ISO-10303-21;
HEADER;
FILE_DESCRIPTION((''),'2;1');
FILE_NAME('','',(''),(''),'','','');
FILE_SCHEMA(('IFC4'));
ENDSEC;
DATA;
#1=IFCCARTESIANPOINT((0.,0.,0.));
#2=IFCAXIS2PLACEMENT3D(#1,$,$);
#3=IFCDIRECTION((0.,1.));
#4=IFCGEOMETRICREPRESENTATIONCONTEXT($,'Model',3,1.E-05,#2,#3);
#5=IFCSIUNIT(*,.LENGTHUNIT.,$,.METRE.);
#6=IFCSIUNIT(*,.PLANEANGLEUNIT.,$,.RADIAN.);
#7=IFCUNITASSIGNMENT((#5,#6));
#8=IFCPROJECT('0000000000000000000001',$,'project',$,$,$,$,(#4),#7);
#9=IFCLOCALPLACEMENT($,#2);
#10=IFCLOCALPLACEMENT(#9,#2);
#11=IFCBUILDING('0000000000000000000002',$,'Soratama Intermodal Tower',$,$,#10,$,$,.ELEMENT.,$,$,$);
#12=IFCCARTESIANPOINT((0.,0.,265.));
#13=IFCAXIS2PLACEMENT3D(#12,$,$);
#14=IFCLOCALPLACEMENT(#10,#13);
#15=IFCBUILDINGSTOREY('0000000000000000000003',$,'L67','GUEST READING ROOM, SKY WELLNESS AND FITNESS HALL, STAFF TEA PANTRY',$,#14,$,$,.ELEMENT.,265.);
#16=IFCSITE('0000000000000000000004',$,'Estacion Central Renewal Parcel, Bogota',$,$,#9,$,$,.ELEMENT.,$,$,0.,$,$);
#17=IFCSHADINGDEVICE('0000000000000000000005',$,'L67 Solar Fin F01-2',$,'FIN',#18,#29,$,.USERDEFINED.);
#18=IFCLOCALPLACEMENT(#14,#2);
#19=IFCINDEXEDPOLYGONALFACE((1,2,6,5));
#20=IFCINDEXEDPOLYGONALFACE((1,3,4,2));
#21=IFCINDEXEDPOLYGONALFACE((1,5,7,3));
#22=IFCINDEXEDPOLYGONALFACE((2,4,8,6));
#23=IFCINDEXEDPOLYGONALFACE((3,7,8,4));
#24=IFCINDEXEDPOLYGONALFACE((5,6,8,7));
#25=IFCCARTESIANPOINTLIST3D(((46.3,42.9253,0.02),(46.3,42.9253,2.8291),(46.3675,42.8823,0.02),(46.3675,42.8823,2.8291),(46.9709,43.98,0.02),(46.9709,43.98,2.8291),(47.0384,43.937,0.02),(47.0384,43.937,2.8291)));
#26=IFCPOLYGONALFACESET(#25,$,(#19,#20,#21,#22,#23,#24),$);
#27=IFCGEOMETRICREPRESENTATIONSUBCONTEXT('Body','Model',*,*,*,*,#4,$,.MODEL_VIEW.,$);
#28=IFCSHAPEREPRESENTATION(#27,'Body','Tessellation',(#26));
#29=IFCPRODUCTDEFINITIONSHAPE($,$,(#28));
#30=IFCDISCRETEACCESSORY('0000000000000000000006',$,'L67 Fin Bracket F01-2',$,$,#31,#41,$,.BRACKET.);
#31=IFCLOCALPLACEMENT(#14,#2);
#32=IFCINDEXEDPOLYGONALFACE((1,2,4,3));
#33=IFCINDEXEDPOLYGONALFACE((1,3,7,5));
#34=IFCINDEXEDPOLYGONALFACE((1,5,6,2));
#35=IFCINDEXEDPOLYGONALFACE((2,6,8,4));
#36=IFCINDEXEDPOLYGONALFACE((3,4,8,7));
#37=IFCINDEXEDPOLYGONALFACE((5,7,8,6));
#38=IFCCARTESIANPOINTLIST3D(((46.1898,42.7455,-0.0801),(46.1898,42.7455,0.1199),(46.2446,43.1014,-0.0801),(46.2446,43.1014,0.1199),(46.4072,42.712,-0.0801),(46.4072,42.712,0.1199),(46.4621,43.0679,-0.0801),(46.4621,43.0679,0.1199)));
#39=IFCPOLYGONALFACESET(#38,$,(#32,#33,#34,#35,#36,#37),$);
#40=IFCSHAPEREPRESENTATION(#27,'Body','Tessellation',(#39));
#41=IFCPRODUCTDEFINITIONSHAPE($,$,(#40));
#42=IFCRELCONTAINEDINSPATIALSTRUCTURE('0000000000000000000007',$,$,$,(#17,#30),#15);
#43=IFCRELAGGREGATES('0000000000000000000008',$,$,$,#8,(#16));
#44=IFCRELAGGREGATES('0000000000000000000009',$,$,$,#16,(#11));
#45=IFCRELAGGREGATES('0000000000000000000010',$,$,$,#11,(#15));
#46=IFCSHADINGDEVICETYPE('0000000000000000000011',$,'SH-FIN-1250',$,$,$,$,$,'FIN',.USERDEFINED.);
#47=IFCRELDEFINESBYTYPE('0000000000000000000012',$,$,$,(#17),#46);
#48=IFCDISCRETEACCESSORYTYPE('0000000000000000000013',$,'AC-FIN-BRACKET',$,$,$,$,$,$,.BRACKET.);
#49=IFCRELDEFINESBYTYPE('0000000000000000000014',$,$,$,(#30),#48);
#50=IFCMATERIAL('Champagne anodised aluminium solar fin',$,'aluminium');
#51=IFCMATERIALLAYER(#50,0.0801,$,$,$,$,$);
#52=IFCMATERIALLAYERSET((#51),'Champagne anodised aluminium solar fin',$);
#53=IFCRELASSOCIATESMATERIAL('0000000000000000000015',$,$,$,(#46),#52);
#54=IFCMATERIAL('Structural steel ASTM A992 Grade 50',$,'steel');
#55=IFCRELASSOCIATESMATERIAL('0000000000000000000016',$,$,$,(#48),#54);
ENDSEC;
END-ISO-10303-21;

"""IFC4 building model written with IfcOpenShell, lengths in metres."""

from ifc_helpers import new_model, si_unit, direction, frame, origin, origin_2d, place, context, subcontext, project, spatial, rectangle, extrude, material, layer, layer_set, type_object, element, save


model = new_model("IFC4")

# Units and contexts
model_context = context("Model", 3, precision=1e-05, world=origin(), true_north=direction((0.0, 1.0)))
body_context = subcontext(model_context, "Body", "Model", "MODEL_VIEW")
ifc_project = project(units=[si_unit("LENGTHUNIT", "METRE"), si_unit("PLANEANGLEUNIT", "RADIAN")], contexts=[model_context])

# Site, building, storey
site_placement = place(None, origin())
site = spatial("IfcSite", under=ifc_project, at=site_placement, Name="Estacion Central Renewal Parcel, Bogota", CompositionType="ELEMENT", RefElevation=0.0)
building_placement = place(site_placement, origin())
building = spatial("IfcBuilding", under=site, at=building_placement, Name="Soratama Intermodal Tower", CompositionType="ELEMENT")
storey_placement = place(building_placement, frame((0.0, 0.0, 265.0)))
storey = spatial("IfcBuildingStorey", under=building, at=storey_placement, Name="L67", Description="GUEST READING ROOM, SKY WELLNESS AND FITNESS HALL, STAFF TEA PANTRY", CompositionType="ELEMENT", Elevation=265.0)

# Shading device
ifc_material_1 = material(Name="Champagne anodised aluminium solar fin", Category="aluminium")
ifc_layer_1 = layer(ifc_material_1, 0.0801)
ifc_layer_set_1 = layer_set([ifc_layer_1], Name="Champagne anodised aluminium solar fin")
shading_device_type = type_object("IfcShadingDeviceType", Name="SH-FIN-1250", ElementType="FIN", PredefinedType="USERDEFINED", material=ifc_layer_set_1)
shading_device_placement = place(storey_placement, frame((46.6692, 43.4312, 0.02), z_axis=(0.0, 0.0, 1.0), x_axis=(0.536711, 0.843766, 0.0)))
element("IfcShadingDevice", 1, at=shading_device_placement, inside=storey, type_object=shading_device_type, Name="L67 Solar Fin F01-2", ObjectType="FIN", PredefinedType="USERDEFINED", context=body_context, shape_type="SweptSolid", body=[
    extrude(rectangle(XDim=1.25, YDim=0.0801, at=origin_2d()), origin(), (0.0, 0.0, 1.0), 2.8091),
])

# Discrete accessory
ifc_material_2 = material(Name="Structural steel ASTM A992 Grade 50", Category="steel")
discrete_accessory_type = type_object("IfcDiscreteAccessoryType", Name="AC-FIN-BRACKET", PredefinedType="BRACKET", material=ifc_material_2)
discrete_accessory_placement = place(storey_placement, frame((46.3259, 42.9067, -0.0801), z_axis=(0.0, 0.0, 1.0), x_axis=(0.152296, 0.988335, 0.0)))
element("IfcDiscreteAccessory", 2, at=discrete_accessory_placement, inside=storey, type_object=discrete_accessory_type, Name="L67 Fin Bracket F01-2", PredefinedType="BRACKET", context=body_context, shape_type="SweptSolid", body=[
    extrude(rectangle(XDim=0.3601, YDim=0.22, at=origin_2d()), origin(), (0.0, 0.0, 1.0), 0.2),
])

save(model, "model.ifc")
